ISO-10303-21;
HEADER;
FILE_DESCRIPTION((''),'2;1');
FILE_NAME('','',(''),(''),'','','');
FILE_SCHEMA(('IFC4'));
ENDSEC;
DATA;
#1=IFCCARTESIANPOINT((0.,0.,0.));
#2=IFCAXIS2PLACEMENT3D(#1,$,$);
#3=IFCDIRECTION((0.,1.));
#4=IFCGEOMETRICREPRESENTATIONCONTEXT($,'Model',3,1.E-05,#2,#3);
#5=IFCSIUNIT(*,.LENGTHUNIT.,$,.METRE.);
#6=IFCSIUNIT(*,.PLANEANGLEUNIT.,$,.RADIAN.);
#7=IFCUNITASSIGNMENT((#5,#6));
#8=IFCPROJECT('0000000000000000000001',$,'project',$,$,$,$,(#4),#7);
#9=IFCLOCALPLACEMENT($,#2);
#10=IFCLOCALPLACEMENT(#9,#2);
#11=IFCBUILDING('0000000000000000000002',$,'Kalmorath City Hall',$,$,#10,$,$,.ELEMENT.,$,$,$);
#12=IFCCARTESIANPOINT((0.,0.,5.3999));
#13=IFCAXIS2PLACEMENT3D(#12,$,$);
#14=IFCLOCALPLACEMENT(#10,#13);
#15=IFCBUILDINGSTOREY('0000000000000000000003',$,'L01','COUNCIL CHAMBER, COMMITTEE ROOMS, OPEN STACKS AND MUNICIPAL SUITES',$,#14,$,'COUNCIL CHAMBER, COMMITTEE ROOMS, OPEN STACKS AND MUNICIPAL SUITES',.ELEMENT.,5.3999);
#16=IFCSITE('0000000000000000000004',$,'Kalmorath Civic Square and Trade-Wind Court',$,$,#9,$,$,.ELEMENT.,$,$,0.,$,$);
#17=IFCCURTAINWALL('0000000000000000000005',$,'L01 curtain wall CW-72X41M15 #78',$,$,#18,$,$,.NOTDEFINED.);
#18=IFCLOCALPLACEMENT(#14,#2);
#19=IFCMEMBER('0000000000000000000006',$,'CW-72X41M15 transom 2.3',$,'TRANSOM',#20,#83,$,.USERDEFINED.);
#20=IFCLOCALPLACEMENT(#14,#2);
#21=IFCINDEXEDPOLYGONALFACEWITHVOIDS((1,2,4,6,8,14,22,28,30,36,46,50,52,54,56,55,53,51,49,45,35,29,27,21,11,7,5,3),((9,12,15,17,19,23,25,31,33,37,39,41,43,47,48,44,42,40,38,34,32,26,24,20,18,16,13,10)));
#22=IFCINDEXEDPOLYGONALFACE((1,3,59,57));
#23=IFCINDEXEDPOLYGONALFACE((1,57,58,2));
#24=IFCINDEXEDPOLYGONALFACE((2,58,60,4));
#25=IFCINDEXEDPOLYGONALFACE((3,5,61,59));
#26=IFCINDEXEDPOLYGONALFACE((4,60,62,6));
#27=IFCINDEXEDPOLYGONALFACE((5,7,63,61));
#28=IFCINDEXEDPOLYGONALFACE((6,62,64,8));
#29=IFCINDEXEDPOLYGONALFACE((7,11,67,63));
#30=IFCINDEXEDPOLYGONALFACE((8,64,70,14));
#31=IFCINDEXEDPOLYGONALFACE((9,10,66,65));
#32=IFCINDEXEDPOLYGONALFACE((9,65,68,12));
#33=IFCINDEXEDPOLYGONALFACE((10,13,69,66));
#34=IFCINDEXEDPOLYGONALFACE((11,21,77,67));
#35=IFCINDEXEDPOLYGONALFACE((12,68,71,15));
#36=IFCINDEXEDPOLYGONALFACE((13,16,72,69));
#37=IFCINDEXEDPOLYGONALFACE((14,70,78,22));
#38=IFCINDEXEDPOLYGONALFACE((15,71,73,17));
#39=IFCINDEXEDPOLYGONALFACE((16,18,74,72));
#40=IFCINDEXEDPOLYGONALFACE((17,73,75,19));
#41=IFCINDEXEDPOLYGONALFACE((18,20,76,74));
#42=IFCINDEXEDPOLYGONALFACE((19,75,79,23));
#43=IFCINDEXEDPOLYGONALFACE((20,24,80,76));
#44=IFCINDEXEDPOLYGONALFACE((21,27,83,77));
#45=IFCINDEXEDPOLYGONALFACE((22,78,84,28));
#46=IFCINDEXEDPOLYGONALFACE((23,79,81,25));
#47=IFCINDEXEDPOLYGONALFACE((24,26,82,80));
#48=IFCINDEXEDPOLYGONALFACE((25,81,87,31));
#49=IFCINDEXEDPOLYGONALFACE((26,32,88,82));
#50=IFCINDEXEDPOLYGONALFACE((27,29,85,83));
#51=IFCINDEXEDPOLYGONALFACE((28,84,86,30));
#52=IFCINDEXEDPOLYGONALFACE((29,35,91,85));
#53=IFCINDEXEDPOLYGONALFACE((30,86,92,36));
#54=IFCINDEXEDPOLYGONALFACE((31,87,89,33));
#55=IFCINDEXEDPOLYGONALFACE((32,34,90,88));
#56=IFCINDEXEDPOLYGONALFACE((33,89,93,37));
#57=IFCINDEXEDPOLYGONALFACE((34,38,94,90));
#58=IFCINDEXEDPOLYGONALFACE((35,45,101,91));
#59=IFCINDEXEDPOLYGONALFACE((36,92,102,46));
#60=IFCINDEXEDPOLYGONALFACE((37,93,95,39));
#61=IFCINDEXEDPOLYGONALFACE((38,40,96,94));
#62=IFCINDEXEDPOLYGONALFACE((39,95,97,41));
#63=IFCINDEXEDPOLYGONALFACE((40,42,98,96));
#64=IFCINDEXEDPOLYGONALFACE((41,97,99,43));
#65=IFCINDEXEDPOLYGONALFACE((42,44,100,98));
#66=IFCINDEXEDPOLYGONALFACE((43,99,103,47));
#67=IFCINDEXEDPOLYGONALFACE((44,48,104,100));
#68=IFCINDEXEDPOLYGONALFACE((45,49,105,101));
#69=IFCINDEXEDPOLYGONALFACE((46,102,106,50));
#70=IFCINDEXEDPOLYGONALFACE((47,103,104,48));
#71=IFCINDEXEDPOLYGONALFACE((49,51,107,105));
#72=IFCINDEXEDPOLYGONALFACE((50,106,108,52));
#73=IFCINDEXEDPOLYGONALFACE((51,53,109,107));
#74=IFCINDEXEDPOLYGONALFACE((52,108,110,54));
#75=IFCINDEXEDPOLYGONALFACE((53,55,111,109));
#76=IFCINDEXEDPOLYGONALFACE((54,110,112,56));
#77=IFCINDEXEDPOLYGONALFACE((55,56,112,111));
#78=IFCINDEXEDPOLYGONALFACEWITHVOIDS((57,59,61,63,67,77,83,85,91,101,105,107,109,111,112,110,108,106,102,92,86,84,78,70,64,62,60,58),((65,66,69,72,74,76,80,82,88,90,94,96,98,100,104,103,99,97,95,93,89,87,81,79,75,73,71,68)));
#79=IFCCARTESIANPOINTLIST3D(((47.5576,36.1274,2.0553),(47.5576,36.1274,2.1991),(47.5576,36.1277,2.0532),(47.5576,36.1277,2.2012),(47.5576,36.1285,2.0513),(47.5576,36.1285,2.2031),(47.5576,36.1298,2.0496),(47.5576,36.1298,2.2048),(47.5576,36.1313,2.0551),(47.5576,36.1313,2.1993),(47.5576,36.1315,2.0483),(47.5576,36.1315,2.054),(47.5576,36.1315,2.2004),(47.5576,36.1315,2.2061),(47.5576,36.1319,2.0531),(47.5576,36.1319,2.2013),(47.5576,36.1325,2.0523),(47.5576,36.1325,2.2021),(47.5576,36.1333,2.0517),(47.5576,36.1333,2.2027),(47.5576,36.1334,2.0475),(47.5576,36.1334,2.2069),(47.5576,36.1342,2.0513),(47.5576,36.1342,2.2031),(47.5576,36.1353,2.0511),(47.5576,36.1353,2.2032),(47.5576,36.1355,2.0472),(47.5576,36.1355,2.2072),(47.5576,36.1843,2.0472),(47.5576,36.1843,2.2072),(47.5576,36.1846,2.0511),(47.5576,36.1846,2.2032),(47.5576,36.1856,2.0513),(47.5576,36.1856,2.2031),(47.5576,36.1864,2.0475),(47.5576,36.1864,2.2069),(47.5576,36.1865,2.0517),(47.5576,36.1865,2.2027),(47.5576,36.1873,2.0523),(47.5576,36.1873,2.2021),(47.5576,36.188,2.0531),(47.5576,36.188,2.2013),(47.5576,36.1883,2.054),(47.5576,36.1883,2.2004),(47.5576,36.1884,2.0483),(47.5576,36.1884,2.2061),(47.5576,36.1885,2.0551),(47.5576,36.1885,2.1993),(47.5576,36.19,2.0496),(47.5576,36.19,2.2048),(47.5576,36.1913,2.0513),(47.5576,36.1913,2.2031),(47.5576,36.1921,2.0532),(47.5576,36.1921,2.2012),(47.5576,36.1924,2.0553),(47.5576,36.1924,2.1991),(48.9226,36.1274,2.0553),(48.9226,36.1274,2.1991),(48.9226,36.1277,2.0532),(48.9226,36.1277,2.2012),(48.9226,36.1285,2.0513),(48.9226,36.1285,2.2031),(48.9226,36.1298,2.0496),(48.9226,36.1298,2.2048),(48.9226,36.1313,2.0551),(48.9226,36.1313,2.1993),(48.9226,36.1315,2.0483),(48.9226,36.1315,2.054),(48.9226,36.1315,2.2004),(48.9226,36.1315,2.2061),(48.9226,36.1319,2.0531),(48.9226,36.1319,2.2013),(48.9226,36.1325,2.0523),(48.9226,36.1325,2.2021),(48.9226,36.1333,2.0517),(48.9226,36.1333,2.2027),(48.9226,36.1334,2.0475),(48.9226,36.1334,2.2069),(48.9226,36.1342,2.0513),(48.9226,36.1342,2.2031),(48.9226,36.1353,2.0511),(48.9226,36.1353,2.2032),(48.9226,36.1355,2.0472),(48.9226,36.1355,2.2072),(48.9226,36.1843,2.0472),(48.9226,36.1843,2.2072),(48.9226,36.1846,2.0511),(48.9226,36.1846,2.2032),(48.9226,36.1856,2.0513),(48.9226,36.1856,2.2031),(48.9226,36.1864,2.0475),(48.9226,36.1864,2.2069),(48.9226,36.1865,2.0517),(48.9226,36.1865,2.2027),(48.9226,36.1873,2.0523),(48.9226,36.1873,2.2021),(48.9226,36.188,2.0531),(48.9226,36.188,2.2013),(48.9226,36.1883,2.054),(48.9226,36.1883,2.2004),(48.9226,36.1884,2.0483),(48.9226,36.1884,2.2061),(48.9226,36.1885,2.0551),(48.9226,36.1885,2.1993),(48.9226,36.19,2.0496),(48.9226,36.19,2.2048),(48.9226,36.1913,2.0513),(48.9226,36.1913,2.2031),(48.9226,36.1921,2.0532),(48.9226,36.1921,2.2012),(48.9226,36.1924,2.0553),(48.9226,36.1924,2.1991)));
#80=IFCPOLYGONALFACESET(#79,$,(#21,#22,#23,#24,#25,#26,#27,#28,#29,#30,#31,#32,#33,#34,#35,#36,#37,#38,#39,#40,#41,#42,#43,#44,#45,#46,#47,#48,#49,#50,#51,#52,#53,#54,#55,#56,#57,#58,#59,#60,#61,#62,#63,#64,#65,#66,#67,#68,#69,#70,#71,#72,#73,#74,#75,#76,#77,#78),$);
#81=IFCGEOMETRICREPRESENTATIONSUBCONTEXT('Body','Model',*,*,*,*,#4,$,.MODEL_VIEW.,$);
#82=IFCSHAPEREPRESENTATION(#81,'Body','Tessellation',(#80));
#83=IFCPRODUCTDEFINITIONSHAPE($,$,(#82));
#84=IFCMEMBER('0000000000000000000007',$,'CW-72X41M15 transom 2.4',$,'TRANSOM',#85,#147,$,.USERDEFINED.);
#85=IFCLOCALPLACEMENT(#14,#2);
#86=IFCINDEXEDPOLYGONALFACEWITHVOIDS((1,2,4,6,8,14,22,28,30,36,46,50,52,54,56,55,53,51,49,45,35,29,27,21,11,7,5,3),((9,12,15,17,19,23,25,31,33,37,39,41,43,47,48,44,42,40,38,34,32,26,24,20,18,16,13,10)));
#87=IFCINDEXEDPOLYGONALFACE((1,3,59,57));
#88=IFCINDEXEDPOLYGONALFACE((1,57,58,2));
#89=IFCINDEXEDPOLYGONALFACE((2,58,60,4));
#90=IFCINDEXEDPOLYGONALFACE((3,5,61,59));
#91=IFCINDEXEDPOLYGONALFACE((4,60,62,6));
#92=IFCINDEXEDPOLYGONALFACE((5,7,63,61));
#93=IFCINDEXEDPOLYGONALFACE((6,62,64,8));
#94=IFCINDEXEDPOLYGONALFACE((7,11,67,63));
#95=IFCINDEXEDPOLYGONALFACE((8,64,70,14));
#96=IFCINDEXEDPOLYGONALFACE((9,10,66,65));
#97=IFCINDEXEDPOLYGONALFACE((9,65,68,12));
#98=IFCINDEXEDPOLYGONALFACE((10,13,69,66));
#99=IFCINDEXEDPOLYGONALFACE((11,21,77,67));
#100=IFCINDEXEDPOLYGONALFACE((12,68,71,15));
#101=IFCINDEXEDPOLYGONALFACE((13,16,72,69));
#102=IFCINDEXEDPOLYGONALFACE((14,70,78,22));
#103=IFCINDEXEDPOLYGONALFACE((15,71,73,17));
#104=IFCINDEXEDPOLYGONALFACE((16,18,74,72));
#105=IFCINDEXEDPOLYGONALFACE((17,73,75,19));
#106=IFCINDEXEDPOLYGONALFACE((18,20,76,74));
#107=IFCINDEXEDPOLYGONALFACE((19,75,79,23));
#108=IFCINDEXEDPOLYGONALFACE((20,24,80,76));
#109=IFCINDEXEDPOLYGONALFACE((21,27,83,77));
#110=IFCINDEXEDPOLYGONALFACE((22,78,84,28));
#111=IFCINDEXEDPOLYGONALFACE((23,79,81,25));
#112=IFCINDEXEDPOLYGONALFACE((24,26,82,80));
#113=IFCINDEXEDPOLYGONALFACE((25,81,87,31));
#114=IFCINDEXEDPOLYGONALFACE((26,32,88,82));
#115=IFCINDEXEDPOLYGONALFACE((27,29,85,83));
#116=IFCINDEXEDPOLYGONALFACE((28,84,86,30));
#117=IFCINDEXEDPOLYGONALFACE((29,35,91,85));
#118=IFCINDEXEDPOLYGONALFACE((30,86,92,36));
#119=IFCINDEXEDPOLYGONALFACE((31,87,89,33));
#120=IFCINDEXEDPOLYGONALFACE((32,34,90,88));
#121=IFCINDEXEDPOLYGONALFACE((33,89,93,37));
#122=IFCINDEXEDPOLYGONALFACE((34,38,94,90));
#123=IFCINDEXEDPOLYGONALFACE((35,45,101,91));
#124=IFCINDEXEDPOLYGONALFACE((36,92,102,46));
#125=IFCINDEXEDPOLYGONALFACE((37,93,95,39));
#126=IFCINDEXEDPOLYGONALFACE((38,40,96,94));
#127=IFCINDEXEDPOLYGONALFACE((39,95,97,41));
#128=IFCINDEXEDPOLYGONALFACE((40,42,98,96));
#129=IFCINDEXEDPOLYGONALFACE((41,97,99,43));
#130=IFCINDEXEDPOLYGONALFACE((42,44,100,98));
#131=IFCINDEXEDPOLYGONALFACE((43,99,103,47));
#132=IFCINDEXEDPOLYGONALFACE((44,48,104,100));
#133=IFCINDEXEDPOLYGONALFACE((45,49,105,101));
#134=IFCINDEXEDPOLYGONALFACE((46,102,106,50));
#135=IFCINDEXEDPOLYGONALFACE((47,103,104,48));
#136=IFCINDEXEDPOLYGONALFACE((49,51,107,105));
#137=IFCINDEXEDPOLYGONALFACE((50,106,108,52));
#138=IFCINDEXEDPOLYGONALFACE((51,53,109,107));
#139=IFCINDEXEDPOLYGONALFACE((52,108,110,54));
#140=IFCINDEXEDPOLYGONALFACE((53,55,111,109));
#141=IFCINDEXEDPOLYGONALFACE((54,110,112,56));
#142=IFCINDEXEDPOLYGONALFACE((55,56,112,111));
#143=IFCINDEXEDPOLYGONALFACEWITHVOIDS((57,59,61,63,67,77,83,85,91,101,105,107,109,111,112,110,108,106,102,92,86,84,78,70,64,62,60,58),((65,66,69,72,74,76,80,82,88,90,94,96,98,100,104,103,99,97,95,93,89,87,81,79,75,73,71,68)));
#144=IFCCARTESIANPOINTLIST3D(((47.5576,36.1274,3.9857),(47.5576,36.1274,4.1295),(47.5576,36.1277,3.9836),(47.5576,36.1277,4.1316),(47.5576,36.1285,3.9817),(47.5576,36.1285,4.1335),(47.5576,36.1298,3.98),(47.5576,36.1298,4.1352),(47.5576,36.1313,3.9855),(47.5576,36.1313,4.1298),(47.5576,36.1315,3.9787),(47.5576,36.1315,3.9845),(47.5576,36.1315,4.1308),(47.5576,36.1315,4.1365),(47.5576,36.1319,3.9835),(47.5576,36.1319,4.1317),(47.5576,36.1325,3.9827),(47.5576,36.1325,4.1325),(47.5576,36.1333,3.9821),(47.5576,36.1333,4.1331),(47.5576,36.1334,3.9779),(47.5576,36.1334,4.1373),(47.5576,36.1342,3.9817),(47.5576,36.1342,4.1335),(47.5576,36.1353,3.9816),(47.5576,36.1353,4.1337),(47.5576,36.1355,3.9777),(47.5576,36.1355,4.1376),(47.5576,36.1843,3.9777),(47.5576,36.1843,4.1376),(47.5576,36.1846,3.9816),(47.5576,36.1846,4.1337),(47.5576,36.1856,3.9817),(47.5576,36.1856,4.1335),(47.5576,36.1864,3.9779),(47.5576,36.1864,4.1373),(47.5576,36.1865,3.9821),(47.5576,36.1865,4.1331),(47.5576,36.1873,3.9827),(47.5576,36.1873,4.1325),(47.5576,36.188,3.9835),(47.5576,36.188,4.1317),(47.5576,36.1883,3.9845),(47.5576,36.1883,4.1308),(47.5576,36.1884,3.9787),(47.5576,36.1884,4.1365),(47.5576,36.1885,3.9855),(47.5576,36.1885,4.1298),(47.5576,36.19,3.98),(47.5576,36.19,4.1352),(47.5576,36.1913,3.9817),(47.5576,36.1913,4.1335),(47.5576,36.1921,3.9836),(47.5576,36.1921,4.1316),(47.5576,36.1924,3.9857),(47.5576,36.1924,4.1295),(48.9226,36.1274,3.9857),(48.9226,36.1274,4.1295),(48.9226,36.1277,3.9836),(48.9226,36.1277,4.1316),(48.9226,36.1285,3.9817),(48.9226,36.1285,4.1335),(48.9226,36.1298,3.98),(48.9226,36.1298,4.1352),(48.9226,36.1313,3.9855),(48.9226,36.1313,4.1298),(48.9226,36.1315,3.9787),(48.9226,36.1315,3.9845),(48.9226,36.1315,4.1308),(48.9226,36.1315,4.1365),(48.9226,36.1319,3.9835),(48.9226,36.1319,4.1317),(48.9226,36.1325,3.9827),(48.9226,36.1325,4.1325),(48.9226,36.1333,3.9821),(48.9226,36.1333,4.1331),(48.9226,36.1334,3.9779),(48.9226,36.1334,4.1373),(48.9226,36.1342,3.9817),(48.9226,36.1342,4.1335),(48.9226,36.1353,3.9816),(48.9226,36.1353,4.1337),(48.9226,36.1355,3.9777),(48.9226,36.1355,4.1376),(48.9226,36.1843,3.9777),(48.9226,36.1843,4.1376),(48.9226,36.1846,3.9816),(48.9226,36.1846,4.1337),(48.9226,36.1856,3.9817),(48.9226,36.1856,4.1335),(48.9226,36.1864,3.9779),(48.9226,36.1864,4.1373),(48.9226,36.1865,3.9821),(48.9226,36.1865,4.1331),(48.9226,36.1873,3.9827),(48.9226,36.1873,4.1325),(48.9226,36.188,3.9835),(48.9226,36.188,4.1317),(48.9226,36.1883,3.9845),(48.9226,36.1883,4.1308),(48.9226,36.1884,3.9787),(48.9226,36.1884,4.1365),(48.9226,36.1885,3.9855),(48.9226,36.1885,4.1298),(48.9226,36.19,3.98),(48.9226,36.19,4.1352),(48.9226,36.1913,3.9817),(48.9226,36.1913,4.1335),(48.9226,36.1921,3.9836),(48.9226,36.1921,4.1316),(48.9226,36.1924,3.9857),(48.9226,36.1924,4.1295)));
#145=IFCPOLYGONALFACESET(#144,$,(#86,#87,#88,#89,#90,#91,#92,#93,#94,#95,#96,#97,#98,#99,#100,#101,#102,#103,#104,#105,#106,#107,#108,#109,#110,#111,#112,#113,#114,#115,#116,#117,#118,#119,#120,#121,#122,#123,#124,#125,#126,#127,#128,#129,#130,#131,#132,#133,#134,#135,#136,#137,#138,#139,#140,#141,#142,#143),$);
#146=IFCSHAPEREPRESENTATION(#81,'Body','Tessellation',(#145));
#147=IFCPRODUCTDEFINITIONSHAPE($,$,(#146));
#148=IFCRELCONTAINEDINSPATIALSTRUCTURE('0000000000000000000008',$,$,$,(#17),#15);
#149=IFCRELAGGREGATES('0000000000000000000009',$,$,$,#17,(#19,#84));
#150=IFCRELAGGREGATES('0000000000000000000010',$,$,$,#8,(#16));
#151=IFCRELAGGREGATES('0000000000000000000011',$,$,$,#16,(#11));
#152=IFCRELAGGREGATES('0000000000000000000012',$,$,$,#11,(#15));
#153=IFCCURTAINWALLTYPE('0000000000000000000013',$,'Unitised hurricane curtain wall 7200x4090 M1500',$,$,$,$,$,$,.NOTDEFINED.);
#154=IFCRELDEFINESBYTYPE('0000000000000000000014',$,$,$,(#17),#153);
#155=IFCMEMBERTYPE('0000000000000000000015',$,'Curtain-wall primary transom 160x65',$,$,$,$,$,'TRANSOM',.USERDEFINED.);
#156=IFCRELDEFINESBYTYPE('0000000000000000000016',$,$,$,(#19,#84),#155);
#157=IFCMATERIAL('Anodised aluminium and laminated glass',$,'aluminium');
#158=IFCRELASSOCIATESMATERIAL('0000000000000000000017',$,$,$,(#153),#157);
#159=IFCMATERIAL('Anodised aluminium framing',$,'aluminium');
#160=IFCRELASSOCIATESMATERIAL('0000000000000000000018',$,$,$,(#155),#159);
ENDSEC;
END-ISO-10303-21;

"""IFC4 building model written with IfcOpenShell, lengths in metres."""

from ifc_helpers import new_model, si_unit, direction, frame, origin, origin_2d, place, context, subcontext, project, spatial, hollow_rectangle, extrude, material, material_profile, profile_set, type_object, element, aggregate, save


model = new_model("IFC4")

# Units and contexts
model_context = context("Model", 3, precision=1e-05, world=origin(), true_north=direction((0.0, 1.0)))
body_context = subcontext(model_context, "Body", "Model", "MODEL_VIEW")
ifc_project = project(units=[si_unit("LENGTHUNIT", "METRE"), si_unit("PLANEANGLEUNIT", "RADIAN")], contexts=[model_context])

# Site, building, storey
site_placement = place(None, origin())
site = spatial("IfcSite", under=ifc_project, at=site_placement, Name="Kalmorath Civic Square and Trade-Wind Court", CompositionType="ELEMENT", RefElevation=0.0)
building_placement = place(site_placement, origin())
building = spatial("IfcBuilding", under=site, at=building_placement, Name="Kalmorath City Hall", CompositionType="ELEMENT")
storey_placement = place(building_placement, frame((0.0, 0.0, 5.3999)))
storey = spatial("IfcBuildingStorey", under=building, at=storey_placement, Name="L01", Description="COUNCIL CHAMBER, COMMITTEE ROOMS, OPEN STACKS AND MUNICIPAL SUITES", LongName="COUNCIL CHAMBER, COMMITTEE ROOMS, OPEN STACKS AND MUNICIPAL SUITES", CompositionType="ELEMENT", Elevation=5.3999)

# Curtain wall, members
ifc_material_1 = material(Name="Anodised aluminium and laminated glass", Category="aluminium")
curtain_wall_type_1 = type_object("IfcCurtainWallType", Name="Unitised hurricane curtain wall 7200x4090 M1500", PredefinedType="NOTDEFINED", material=ifc_material_1)
curtain_wall_1_placement = place(storey_placement, origin())
curtain_wall_1 = element("IfcCurtainWall", 1, at=curtain_wall_1_placement, inside=storey, type_object=curtain_wall_type_1, Name="L01 curtain wall CW-72X41M15 #78", PredefinedType="NOTDEFINED")
ifc_material_2 = material(Name="Anodised aluminium framing", Category="aluminium")
ifc_material_profile_1 = material_profile(ifc_material_2, hollow_rectangle(XDim=0.0649, YDim=0.1599, WallThickness=0.0039, InnerFilletRadius=0.0039, OuterFilletRadius=0.0081, at=origin_2d()), Name="ALU-TRN-160X65X4")
ifc_profile_set_1 = profile_set([ifc_material_profile_1], Name="Anodised aluminium framing")
member_type_1 = type_object("IfcMemberType", Name="Curtain-wall primary transom 160x65", ElementType="TRANSOM", PredefinedType="USERDEFINED", material=ifc_profile_set_1)
member_1_placement = place(storey_placement, frame((48.9226, 36.1599, 2.1272), z_axis=(-1.0, 0.0, 0.0), x_axis=(0.0, -1.0, 0.0)))
member_1 = element("IfcMember", 2, at=member_1_placement, type_object=member_type_1, Name="CW-72X41M15 transom 2.3", ObjectType="TRANSOM", PredefinedType="USERDEFINED", context=body_context, shape_type="SweptSolid", body=[
    extrude(hollow_rectangle(XDim=0.0649, YDim=0.1599, WallThickness=0.0039, InnerFilletRadius=0.0039, OuterFilletRadius=0.0081, at=origin_2d()), origin(), (0.0, 0.0, 1.0), 1.365),
])
member_2_placement = place(storey_placement, frame((48.9226, 36.1599, 4.0576), z_axis=(-1.0, 0.0, 0.0), x_axis=(0.0, -1.0, 0.0)))
member_2 = element("IfcMember", 3, at=member_2_placement, type_object=member_type_1, Name="CW-72X41M15 transom 2.4", ObjectType="TRANSOM", PredefinedType="USERDEFINED", context=body_context, shape_type="SweptSolid", body=[
    extrude(hollow_rectangle(XDim=0.0649, YDim=0.1599, WallThickness=0.0039, InnerFilletRadius=0.0039, OuterFilletRadius=0.0081, at=origin_2d()), origin(), (0.0, 0.0, 1.0), 1.365),
])

aggregate(curtain_wall_1, [member_1, member_2])

save(model, "model.ifc")
